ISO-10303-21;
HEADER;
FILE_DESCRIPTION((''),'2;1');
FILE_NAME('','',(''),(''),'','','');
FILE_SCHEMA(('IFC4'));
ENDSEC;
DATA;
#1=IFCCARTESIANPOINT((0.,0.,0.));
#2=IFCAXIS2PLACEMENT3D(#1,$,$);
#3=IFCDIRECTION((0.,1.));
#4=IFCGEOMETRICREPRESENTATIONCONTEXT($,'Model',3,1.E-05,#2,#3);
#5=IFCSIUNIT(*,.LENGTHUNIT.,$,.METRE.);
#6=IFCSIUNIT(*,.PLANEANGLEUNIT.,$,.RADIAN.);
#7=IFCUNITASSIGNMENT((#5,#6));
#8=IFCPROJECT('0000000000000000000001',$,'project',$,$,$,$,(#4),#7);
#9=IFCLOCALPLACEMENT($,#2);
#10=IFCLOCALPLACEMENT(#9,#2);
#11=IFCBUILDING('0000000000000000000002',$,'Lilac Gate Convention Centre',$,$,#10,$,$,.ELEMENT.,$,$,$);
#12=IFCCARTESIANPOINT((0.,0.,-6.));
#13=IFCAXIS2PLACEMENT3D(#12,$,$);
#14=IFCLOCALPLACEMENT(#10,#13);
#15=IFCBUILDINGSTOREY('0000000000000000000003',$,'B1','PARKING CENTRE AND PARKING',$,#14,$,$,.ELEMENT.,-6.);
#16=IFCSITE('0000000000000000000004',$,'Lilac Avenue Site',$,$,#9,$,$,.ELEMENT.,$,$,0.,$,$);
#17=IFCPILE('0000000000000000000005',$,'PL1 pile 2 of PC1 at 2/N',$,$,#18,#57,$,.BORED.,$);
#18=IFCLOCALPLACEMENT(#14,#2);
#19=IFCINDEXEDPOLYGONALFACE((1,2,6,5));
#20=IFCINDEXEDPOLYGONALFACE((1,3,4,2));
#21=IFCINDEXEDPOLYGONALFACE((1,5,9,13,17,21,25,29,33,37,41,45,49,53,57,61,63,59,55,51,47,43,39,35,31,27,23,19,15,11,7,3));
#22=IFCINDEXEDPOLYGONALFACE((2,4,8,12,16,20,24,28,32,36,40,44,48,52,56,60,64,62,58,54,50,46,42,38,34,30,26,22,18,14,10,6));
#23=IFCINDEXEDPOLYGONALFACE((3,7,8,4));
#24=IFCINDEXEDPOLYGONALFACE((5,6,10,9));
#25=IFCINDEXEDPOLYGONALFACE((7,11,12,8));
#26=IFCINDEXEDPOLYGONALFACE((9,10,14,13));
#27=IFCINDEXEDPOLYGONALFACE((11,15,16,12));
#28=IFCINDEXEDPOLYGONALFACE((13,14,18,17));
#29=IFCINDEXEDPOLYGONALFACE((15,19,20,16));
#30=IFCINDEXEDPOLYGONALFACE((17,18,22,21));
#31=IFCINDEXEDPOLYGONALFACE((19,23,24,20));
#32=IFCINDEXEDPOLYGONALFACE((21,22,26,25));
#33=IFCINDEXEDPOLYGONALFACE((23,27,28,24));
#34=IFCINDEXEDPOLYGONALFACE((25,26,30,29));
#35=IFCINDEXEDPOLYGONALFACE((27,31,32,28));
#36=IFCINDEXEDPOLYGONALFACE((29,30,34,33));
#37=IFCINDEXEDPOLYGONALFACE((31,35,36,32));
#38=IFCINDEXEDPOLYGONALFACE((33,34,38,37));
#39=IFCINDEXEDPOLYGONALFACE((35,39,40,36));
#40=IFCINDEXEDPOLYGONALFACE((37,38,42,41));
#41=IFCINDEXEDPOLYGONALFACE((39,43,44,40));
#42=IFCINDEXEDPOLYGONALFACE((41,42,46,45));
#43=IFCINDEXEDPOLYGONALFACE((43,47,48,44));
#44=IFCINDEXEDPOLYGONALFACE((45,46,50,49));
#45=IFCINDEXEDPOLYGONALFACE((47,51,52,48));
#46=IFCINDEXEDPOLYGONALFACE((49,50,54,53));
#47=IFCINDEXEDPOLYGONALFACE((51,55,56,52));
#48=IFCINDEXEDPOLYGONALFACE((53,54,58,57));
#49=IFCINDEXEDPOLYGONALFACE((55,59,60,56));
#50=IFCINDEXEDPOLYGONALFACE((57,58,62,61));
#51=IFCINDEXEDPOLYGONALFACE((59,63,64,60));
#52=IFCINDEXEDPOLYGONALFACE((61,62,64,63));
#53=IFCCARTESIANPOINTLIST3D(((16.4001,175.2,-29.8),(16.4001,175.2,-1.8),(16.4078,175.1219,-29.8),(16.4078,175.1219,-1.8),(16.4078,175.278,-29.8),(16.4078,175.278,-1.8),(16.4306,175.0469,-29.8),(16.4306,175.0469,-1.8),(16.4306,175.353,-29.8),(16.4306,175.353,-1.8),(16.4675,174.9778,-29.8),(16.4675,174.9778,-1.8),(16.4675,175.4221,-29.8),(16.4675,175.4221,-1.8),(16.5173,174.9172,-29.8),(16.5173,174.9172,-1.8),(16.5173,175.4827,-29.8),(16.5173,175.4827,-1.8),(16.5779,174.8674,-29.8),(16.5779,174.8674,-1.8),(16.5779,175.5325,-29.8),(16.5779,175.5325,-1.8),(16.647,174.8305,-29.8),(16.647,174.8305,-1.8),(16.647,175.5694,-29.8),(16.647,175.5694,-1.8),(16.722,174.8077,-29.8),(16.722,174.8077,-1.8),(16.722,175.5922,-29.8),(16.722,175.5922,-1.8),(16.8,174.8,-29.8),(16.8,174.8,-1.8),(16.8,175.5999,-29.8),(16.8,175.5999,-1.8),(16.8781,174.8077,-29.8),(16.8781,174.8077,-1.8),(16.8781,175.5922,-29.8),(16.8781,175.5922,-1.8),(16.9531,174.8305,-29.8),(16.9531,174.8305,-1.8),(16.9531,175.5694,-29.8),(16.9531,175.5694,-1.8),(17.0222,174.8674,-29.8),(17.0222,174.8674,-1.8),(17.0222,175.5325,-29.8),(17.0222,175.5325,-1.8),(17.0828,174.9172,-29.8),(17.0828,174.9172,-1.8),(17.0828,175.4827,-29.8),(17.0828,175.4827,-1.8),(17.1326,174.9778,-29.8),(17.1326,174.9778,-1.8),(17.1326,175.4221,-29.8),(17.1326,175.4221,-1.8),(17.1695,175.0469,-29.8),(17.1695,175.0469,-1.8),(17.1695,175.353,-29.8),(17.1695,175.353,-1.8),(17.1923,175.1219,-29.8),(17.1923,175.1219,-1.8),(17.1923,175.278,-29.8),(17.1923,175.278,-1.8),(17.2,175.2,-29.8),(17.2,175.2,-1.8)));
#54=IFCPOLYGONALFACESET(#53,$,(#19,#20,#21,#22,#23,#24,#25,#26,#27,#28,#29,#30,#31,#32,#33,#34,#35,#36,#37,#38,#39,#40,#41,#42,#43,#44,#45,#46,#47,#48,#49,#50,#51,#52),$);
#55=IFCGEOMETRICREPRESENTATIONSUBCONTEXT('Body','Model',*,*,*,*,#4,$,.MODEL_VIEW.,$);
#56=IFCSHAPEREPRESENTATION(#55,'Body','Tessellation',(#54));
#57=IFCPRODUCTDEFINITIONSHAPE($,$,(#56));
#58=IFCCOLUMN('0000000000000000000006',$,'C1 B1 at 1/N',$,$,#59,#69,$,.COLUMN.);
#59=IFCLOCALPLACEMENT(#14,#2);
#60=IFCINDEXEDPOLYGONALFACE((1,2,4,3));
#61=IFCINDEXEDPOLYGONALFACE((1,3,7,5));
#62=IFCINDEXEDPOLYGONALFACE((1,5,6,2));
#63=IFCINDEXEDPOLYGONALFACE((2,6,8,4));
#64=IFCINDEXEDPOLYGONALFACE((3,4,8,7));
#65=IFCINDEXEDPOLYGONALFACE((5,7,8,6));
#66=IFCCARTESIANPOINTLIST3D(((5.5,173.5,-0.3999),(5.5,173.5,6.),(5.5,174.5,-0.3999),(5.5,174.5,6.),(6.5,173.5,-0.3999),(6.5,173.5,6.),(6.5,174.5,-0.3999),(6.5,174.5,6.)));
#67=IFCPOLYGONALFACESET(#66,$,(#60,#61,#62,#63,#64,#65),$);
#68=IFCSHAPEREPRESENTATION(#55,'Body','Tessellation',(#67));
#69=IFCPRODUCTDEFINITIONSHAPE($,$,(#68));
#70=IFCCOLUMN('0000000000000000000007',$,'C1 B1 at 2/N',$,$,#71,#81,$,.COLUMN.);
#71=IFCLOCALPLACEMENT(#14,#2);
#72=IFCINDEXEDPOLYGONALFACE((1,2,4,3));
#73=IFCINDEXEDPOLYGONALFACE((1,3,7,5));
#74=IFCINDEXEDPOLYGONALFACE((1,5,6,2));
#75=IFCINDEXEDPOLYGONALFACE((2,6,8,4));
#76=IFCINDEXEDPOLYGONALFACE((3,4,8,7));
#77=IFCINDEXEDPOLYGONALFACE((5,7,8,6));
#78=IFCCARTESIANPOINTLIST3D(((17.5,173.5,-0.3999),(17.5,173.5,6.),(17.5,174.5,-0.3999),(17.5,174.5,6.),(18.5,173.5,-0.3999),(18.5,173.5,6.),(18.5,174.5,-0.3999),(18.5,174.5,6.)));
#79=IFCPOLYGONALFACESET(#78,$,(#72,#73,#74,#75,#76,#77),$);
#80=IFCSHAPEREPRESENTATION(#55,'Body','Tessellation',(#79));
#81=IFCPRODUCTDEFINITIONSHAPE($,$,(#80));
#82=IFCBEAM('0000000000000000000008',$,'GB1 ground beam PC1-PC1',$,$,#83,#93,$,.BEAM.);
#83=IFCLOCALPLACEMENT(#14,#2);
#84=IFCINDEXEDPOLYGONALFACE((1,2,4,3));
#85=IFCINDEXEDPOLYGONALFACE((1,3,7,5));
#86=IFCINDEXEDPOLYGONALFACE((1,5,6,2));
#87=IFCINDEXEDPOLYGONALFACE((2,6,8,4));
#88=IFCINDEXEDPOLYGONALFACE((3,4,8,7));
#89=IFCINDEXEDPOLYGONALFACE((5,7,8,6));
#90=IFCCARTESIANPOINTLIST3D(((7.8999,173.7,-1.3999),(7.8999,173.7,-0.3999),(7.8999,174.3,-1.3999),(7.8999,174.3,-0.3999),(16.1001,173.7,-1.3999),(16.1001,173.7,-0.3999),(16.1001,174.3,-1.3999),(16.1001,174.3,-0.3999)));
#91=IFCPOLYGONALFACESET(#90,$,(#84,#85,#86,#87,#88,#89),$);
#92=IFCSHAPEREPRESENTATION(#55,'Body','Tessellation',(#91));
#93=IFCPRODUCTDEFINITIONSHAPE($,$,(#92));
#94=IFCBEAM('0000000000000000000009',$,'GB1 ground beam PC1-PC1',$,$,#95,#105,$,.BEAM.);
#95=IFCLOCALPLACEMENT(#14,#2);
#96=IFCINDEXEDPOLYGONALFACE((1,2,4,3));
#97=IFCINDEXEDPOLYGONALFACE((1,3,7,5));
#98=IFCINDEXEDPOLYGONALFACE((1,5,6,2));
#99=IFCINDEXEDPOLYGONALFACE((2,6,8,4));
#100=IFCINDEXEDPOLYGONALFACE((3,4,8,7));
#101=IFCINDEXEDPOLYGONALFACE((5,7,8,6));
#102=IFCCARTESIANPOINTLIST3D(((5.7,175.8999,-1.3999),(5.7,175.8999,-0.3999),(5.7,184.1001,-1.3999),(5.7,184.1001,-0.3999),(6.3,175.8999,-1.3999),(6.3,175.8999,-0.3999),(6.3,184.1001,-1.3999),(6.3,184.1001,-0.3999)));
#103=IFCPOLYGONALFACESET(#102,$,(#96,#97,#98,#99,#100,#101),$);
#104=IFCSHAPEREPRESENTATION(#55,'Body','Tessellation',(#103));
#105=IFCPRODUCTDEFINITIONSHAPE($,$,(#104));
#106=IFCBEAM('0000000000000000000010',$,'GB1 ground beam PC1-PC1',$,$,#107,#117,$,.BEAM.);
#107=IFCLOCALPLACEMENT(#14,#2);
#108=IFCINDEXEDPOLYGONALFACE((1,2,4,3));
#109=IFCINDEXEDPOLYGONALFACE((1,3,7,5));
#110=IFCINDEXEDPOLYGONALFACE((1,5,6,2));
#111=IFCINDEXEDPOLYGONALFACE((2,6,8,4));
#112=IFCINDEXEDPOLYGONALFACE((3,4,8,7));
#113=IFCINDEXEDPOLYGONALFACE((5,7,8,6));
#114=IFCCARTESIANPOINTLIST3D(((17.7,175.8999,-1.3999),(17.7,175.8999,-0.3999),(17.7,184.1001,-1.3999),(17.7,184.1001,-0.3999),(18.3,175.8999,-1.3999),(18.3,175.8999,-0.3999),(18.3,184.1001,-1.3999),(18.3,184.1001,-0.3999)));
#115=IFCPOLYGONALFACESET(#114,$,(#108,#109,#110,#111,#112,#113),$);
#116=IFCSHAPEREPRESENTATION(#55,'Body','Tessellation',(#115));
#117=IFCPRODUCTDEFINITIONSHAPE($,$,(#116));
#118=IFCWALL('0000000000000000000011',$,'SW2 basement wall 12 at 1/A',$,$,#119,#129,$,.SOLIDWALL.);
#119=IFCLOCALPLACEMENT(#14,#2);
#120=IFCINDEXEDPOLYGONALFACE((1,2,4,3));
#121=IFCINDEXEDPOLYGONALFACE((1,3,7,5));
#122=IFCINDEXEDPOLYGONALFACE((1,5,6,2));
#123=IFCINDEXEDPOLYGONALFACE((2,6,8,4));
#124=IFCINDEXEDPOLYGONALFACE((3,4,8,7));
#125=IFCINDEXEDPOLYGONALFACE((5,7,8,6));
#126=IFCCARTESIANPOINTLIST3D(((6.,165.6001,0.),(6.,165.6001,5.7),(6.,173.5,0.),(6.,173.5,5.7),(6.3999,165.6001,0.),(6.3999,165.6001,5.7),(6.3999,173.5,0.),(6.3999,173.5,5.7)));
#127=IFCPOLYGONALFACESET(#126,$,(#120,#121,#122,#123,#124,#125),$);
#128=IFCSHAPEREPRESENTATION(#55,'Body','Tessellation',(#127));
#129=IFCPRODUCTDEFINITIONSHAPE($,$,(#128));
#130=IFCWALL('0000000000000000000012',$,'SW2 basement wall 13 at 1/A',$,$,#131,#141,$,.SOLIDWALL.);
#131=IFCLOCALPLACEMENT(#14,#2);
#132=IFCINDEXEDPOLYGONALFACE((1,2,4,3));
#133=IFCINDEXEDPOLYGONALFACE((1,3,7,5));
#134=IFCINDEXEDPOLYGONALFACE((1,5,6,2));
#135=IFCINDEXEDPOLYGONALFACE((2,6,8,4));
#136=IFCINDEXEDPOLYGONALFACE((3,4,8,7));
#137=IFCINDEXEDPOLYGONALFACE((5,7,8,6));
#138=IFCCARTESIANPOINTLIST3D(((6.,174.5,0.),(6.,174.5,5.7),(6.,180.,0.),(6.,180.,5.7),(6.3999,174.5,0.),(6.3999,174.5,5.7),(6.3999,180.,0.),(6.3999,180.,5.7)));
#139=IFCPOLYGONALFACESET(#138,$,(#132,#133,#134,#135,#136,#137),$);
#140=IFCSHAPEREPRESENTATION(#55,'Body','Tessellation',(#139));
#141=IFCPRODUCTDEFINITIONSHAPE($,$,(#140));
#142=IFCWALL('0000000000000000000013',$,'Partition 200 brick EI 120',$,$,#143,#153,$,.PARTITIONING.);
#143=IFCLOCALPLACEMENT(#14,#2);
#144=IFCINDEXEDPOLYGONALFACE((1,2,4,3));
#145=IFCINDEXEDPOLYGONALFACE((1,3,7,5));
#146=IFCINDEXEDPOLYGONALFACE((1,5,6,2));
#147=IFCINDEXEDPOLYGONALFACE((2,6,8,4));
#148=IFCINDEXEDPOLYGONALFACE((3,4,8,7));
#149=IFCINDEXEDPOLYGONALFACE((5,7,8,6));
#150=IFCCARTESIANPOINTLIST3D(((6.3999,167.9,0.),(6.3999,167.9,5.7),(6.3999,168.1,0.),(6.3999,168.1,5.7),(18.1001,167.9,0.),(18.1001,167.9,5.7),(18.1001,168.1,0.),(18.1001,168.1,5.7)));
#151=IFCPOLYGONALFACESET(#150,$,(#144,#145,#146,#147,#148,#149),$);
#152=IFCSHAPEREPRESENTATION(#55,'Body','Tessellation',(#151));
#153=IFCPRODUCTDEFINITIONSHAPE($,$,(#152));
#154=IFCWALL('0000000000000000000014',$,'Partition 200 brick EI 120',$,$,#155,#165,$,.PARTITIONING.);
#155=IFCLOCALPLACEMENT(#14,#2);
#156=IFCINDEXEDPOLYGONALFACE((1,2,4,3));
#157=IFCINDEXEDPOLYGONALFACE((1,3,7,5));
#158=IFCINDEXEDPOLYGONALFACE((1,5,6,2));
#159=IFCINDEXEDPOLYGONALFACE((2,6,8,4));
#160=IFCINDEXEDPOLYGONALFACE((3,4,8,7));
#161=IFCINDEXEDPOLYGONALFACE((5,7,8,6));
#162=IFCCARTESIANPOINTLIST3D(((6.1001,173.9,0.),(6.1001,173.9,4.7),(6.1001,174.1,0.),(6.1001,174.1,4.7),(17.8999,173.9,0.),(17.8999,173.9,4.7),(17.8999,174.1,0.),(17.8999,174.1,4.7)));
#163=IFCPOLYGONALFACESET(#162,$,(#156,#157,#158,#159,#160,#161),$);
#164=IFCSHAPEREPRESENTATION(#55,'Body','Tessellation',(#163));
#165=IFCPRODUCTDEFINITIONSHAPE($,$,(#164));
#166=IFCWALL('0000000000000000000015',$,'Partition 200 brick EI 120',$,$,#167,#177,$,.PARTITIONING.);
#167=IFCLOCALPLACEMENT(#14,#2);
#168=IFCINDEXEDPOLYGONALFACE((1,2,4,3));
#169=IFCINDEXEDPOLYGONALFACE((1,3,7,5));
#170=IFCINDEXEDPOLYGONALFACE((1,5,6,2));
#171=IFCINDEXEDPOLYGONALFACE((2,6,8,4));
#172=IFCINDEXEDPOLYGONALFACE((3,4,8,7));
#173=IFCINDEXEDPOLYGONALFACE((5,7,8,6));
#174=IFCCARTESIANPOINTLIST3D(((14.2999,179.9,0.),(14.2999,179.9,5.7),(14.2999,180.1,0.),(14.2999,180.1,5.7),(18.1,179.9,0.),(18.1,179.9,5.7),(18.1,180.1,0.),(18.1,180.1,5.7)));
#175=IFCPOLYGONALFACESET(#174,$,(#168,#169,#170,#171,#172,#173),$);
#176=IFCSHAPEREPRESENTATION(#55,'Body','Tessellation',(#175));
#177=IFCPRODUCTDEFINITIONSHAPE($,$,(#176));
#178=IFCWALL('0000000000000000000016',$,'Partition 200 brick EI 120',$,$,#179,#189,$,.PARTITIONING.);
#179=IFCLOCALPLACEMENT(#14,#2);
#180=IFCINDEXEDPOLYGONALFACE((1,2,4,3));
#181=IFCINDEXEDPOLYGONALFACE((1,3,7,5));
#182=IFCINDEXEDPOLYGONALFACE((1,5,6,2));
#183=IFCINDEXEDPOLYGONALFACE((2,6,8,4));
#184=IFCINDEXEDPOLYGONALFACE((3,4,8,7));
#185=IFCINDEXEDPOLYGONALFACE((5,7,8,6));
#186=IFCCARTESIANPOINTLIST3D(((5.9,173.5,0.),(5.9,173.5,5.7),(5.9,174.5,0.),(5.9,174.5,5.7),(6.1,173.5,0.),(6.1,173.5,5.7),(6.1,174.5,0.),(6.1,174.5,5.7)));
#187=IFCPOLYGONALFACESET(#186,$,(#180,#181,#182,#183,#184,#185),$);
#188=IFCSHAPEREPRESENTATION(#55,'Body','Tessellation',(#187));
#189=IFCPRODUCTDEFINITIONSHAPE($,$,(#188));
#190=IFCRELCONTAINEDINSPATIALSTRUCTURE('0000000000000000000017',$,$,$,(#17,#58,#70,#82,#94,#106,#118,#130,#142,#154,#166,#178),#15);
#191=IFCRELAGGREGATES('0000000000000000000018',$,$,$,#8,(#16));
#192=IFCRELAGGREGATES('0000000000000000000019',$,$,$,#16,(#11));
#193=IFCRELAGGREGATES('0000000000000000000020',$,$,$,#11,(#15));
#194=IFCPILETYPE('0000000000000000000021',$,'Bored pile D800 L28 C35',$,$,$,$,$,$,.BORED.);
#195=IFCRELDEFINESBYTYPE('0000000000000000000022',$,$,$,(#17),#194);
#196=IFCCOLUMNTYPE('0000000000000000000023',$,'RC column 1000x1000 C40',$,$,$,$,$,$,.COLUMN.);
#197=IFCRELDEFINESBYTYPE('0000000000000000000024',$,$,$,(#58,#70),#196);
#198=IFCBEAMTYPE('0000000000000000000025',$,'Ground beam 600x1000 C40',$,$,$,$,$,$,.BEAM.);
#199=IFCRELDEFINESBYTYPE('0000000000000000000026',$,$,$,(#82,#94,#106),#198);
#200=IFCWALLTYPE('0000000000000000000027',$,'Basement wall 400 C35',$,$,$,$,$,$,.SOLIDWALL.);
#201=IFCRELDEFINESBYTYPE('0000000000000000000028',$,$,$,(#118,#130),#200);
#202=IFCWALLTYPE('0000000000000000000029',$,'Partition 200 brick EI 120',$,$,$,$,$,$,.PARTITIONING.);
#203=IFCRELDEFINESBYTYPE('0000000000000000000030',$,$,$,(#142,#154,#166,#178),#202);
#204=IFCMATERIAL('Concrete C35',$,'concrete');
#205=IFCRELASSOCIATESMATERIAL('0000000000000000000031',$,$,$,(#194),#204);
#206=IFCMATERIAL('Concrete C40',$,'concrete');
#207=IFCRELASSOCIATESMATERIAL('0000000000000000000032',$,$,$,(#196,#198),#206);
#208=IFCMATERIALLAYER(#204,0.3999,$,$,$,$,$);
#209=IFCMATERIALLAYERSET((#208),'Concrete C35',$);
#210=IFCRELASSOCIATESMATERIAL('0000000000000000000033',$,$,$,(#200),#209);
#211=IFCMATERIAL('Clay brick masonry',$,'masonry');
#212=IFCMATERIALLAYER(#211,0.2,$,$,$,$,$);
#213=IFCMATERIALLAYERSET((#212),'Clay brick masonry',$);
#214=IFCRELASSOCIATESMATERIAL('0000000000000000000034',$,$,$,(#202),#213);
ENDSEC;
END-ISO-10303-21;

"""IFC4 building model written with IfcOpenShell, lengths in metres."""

from ifc_helpers import new_model, si_unit, direction, frame, frame_2d, origin, origin_2d, place, context, subcontext, project, spatial, rectangle, circle, extrude, material, layer, layer_set, material_profile, profile_set, type_object, element, save


model = new_model("IFC4")

# Units and contexts
model_context = context("Model", 3, precision=1e-05, world=origin(), true_north=direction((0.0, 1.0)))
body_context = subcontext(model_context, "Body", "Model", "MODEL_VIEW")
ifc_project = project(units=[si_unit("LENGTHUNIT", "METRE"), si_unit("PLANEANGLEUNIT", "RADIAN")], contexts=[model_context])

# Site, building, storey
site_placement = place(None, origin())
site = spatial("IfcSite", under=ifc_project, at=site_placement, Name="Lilac Avenue Site", CompositionType="ELEMENT", RefElevation=0.0)
building_placement = place(site_placement, origin())
building = spatial("IfcBuilding", under=site, at=building_placement, Name="Lilac Gate Convention Centre", CompositionType="ELEMENT")
storey_placement = place(building_placement, frame((0.0, 0.0, -6.0)))
storey = spatial("IfcBuildingStorey", under=building, at=storey_placement, Name="B1", Description="PARKING CENTRE AND PARKING", CompositionType="ELEMENT", Elevation=-6.0)

# Pile
ifc_material_1 = material(Name="Concrete C35", Category="concrete")
ifc_material_profile_1 = material_profile(ifc_material_1, circle(Radius=0.3999, at=origin_2d()), Name="D800")
ifc_profile_set_1 = profile_set([ifc_material_profile_1], Name="Concrete C35")
pile_type = type_object("IfcPileType", Name="Bored pile D800 L28 C35", PredefinedType="BORED", material=ifc_profile_set_1)
for number, where, z_axis, x_axis, name in (
    (1, (16.8, 175.2, -1.8), (0.0, 0.0, -1.0), (1.0, 0.0, 0.0), "PL1 pile 2 of PC1 at 2/N"),
):
    element("IfcPile", number, at=place(storey_placement, frame(where, z_axis=z_axis, x_axis=x_axis)), inside=storey, type_object=pile_type, Name=name, PredefinedType="BORED", context=body_context, shape_type="SweptSolid", body=[
        extrude(circle(Radius=0.3999, at=origin_2d()), origin(), (0.0, 0.0, 1.0), 28.0),
    ])

# Columns
ifc_material_2 = material(Name="Concrete C40", Category="concrete")
ifc_material_profile_2 = material_profile(ifc_material_2, rectangle(XDim=1.0, YDim=1.0, at=origin_2d()), Name="RC 1000x1000")
ifc_profile_set_2 = profile_set([ifc_material_profile_2], Name="Concrete C40")
column_type = type_object("IfcColumnType", Name="RC column 1000x1000 C40", PredefinedType="COLUMN", material=ifc_profile_set_2)
for number, where, z_axis, x_axis, name in (
    (2, (6.0, 174.0, -0.3999), (0.0, 0.0, 1.0), (1.0, 0.0, 0.0), "C1 B1 at 1/N"),
    (3, (18.0, 174.0, -0.3999), (0.0, 0.0, 1.0), (1.0, 0.0, 0.0), "C1 B1 at 2/N"),
):
    element("IfcColumn", number, at=place(storey_placement, frame(where, z_axis=z_axis, x_axis=x_axis)), inside=storey, type_object=column_type, Name=name, PredefinedType="COLUMN", context=body_context, shape_type="SweptSolid", body=[
        extrude(rectangle(XDim=1.0, YDim=1.0, at=origin_2d()), origin(), (0.0, 0.0, 1.0), 6.3999),
    ])

# Beams
ifc_material_profile_3 = material_profile(ifc_material_2, rectangle(XDim=0.6001, YDim=1.0, at=origin_2d()), Name="RC 600x1000")
ifc_profile_set_3 = profile_set([ifc_material_profile_3], Name="Concrete C40")
beam_type = type_object("IfcBeamType", Name="Ground beam 600x1000 C40", PredefinedType="BEAM", material=ifc_profile_set_3)
for number, where, z_axis, x_axis, name in (
    (4, (7.8999, 174.0, -0.8999), (1.0, 0.0, 0.0), (0.0, 1.0, 0.0), "GB1 ground beam PC1-PC1"),
    (5, (6.0, 175.8999, -0.8999), (0.0, 1.0, 0.0), (-1.0, 0.0, 0.0), "GB1 ground beam PC1-PC1"),
    (6, (18.0, 175.8999, -0.8999), (0.0, 1.0, 0.0), (-1.0, 0.0, 0.0), "GB1 ground beam PC1-PC1"),
):
    element("IfcBeam", number, at=place(storey_placement, frame(where, z_axis=z_axis, x_axis=x_axis)), inside=storey, type_object=beam_type, Name=name, PredefinedType="BEAM", context=body_context, shape_type="SweptSolid", body=[
        extrude(rectangle(XDim=0.6001, YDim=1.0, at=origin_2d()), origin(), (0.0, 0.0, 1.0), 8.2002),
    ])

# Walls
ifc_layer_1 = layer(ifc_material_1, 0.3999)
ifc_layer_set_1 = layer_set([ifc_layer_1], Name="Concrete C35")
wall_type_1 = type_object("IfcWallType", Name="Basement wall 400 C35", PredefinedType="SOLIDWALL", material=ifc_layer_set_1)
wall_1_placement = place(storey_placement, frame((6.2, 165.6001, 0.0), z_axis=(0.0, 0.0, 1.0), x_axis=(0.0, 1.0, 0.0)))
element("IfcWall", 7, at=wall_1_placement, inside=storey, type_object=wall_type_1, Name="SW2 basement wall 12 at 1/A", PredefinedType="SOLIDWALL", context=body_context, shape_type="SweptSolid", body=[
    extrude(rectangle(XDim=7.8999, YDim=0.3999, at=frame_2d((3.95, 0.0))), origin(), (0.0, 0.0, 1.0), 5.7),
])
wall_2_placement = place(storey_placement, frame((6.2, 174.5, 0.0), z_axis=(0.0, 0.0, 1.0), x_axis=(0.0, 1.0, 0.0)))
element("IfcWall", 8, at=wall_2_placement, inside=storey, type_object=wall_type_1, Name="SW2 basement wall 13 at 1/A", PredefinedType="SOLIDWALL", context=body_context, shape_type="SweptSolid", body=[
    extrude(rectangle(XDim=5.5, YDim=0.3999, at=frame_2d((2.75, 0.0))), origin(), (0.0, 0.0, 1.0), 5.7),
])
ifc_material_3 = material(Name="Clay brick masonry", Category="masonry")
ifc_layer_2 = layer(ifc_material_3, 0.2)
ifc_layer_set_2 = layer_set([ifc_layer_2], Name="Clay brick masonry")
wall_type_2 = type_object("IfcWallType", Name="Partition 200 brick EI 120", PredefinedType="PARTITIONING", material=ifc_layer_set_2)
wall_3_placement = place(storey_placement, frame((6.3999, 168.0, 0.0), z_axis=(0.0, 0.0, 1.0), x_axis=(1.0, 0.0, 0.0)))
element("IfcWall", 9, at=wall_3_placement, inside=storey, type_object=wall_type_2, Name="Partition 200 brick EI 120", PredefinedType="PARTITIONING", context=body_context, shape_type="SweptSolid", body=[
    extrude(rectangle(XDim=11.7002, YDim=0.2, at=frame_2d((5.8501, 0.0))), origin(), (0.0, 0.0, 1.0), 5.7),
])
wall_4_placement = place(storey_placement, frame((6.1001, 174.0, 0.0), z_axis=(0.0, 0.0, 1.0), x_axis=(1.0, 0.0, 0.0)))
element("IfcWall", 10, at=wall_4_placement, inside=storey, type_object=wall_type_2, Name="Partition 200 brick EI 120", PredefinedType="PARTITIONING", context=body_context, shape_type="SweptSolid", body=[
    extrude(rectangle(XDim=11.7998, YDim=0.2, at=frame_2d((5.8999, 0.0))), origin(), (0.0, 0.0, 1.0), 4.7),
])
wall_5_placement = place(storey_placement, frame((14.3, 180.0, 0.0), z_axis=(0.0, 0.0, 1.0), x_axis=(1.0, 0.0, 0.0)))
element("IfcWall", 11, at=wall_5_placement, inside=storey, type_object=wall_type_2, Name="Partition 200 brick EI 120", PredefinedType="PARTITIONING", context=body_context, shape_type="SweptSolid", body=[
    extrude(rectangle(XDim=3.8, YDim=0.2, at=frame_2d((1.8999, 0.0))), origin(), (0.0, 0.0, 1.0), 5.7),
])
wall_6_placement = place(storey_placement, frame((6.0, 173.5, 0.0), z_axis=(0.0, 0.0, 1.0), x_axis=(0.0, 1.0, 0.0)))
element("IfcWall", 12, at=wall_6_placement, inside=storey, type_object=wall_type_2, Name="Partition 200 brick EI 120", PredefinedType="PARTITIONING", context=body_context, shape_type="SweptSolid", body=[
    extrude(rectangle(XDim=1.0, YDim=0.2, at=frame_2d((0.5, 0.0))), origin(), (0.0, 0.0, 1.0), 5.7),
])

save(model, "model.ifc")
